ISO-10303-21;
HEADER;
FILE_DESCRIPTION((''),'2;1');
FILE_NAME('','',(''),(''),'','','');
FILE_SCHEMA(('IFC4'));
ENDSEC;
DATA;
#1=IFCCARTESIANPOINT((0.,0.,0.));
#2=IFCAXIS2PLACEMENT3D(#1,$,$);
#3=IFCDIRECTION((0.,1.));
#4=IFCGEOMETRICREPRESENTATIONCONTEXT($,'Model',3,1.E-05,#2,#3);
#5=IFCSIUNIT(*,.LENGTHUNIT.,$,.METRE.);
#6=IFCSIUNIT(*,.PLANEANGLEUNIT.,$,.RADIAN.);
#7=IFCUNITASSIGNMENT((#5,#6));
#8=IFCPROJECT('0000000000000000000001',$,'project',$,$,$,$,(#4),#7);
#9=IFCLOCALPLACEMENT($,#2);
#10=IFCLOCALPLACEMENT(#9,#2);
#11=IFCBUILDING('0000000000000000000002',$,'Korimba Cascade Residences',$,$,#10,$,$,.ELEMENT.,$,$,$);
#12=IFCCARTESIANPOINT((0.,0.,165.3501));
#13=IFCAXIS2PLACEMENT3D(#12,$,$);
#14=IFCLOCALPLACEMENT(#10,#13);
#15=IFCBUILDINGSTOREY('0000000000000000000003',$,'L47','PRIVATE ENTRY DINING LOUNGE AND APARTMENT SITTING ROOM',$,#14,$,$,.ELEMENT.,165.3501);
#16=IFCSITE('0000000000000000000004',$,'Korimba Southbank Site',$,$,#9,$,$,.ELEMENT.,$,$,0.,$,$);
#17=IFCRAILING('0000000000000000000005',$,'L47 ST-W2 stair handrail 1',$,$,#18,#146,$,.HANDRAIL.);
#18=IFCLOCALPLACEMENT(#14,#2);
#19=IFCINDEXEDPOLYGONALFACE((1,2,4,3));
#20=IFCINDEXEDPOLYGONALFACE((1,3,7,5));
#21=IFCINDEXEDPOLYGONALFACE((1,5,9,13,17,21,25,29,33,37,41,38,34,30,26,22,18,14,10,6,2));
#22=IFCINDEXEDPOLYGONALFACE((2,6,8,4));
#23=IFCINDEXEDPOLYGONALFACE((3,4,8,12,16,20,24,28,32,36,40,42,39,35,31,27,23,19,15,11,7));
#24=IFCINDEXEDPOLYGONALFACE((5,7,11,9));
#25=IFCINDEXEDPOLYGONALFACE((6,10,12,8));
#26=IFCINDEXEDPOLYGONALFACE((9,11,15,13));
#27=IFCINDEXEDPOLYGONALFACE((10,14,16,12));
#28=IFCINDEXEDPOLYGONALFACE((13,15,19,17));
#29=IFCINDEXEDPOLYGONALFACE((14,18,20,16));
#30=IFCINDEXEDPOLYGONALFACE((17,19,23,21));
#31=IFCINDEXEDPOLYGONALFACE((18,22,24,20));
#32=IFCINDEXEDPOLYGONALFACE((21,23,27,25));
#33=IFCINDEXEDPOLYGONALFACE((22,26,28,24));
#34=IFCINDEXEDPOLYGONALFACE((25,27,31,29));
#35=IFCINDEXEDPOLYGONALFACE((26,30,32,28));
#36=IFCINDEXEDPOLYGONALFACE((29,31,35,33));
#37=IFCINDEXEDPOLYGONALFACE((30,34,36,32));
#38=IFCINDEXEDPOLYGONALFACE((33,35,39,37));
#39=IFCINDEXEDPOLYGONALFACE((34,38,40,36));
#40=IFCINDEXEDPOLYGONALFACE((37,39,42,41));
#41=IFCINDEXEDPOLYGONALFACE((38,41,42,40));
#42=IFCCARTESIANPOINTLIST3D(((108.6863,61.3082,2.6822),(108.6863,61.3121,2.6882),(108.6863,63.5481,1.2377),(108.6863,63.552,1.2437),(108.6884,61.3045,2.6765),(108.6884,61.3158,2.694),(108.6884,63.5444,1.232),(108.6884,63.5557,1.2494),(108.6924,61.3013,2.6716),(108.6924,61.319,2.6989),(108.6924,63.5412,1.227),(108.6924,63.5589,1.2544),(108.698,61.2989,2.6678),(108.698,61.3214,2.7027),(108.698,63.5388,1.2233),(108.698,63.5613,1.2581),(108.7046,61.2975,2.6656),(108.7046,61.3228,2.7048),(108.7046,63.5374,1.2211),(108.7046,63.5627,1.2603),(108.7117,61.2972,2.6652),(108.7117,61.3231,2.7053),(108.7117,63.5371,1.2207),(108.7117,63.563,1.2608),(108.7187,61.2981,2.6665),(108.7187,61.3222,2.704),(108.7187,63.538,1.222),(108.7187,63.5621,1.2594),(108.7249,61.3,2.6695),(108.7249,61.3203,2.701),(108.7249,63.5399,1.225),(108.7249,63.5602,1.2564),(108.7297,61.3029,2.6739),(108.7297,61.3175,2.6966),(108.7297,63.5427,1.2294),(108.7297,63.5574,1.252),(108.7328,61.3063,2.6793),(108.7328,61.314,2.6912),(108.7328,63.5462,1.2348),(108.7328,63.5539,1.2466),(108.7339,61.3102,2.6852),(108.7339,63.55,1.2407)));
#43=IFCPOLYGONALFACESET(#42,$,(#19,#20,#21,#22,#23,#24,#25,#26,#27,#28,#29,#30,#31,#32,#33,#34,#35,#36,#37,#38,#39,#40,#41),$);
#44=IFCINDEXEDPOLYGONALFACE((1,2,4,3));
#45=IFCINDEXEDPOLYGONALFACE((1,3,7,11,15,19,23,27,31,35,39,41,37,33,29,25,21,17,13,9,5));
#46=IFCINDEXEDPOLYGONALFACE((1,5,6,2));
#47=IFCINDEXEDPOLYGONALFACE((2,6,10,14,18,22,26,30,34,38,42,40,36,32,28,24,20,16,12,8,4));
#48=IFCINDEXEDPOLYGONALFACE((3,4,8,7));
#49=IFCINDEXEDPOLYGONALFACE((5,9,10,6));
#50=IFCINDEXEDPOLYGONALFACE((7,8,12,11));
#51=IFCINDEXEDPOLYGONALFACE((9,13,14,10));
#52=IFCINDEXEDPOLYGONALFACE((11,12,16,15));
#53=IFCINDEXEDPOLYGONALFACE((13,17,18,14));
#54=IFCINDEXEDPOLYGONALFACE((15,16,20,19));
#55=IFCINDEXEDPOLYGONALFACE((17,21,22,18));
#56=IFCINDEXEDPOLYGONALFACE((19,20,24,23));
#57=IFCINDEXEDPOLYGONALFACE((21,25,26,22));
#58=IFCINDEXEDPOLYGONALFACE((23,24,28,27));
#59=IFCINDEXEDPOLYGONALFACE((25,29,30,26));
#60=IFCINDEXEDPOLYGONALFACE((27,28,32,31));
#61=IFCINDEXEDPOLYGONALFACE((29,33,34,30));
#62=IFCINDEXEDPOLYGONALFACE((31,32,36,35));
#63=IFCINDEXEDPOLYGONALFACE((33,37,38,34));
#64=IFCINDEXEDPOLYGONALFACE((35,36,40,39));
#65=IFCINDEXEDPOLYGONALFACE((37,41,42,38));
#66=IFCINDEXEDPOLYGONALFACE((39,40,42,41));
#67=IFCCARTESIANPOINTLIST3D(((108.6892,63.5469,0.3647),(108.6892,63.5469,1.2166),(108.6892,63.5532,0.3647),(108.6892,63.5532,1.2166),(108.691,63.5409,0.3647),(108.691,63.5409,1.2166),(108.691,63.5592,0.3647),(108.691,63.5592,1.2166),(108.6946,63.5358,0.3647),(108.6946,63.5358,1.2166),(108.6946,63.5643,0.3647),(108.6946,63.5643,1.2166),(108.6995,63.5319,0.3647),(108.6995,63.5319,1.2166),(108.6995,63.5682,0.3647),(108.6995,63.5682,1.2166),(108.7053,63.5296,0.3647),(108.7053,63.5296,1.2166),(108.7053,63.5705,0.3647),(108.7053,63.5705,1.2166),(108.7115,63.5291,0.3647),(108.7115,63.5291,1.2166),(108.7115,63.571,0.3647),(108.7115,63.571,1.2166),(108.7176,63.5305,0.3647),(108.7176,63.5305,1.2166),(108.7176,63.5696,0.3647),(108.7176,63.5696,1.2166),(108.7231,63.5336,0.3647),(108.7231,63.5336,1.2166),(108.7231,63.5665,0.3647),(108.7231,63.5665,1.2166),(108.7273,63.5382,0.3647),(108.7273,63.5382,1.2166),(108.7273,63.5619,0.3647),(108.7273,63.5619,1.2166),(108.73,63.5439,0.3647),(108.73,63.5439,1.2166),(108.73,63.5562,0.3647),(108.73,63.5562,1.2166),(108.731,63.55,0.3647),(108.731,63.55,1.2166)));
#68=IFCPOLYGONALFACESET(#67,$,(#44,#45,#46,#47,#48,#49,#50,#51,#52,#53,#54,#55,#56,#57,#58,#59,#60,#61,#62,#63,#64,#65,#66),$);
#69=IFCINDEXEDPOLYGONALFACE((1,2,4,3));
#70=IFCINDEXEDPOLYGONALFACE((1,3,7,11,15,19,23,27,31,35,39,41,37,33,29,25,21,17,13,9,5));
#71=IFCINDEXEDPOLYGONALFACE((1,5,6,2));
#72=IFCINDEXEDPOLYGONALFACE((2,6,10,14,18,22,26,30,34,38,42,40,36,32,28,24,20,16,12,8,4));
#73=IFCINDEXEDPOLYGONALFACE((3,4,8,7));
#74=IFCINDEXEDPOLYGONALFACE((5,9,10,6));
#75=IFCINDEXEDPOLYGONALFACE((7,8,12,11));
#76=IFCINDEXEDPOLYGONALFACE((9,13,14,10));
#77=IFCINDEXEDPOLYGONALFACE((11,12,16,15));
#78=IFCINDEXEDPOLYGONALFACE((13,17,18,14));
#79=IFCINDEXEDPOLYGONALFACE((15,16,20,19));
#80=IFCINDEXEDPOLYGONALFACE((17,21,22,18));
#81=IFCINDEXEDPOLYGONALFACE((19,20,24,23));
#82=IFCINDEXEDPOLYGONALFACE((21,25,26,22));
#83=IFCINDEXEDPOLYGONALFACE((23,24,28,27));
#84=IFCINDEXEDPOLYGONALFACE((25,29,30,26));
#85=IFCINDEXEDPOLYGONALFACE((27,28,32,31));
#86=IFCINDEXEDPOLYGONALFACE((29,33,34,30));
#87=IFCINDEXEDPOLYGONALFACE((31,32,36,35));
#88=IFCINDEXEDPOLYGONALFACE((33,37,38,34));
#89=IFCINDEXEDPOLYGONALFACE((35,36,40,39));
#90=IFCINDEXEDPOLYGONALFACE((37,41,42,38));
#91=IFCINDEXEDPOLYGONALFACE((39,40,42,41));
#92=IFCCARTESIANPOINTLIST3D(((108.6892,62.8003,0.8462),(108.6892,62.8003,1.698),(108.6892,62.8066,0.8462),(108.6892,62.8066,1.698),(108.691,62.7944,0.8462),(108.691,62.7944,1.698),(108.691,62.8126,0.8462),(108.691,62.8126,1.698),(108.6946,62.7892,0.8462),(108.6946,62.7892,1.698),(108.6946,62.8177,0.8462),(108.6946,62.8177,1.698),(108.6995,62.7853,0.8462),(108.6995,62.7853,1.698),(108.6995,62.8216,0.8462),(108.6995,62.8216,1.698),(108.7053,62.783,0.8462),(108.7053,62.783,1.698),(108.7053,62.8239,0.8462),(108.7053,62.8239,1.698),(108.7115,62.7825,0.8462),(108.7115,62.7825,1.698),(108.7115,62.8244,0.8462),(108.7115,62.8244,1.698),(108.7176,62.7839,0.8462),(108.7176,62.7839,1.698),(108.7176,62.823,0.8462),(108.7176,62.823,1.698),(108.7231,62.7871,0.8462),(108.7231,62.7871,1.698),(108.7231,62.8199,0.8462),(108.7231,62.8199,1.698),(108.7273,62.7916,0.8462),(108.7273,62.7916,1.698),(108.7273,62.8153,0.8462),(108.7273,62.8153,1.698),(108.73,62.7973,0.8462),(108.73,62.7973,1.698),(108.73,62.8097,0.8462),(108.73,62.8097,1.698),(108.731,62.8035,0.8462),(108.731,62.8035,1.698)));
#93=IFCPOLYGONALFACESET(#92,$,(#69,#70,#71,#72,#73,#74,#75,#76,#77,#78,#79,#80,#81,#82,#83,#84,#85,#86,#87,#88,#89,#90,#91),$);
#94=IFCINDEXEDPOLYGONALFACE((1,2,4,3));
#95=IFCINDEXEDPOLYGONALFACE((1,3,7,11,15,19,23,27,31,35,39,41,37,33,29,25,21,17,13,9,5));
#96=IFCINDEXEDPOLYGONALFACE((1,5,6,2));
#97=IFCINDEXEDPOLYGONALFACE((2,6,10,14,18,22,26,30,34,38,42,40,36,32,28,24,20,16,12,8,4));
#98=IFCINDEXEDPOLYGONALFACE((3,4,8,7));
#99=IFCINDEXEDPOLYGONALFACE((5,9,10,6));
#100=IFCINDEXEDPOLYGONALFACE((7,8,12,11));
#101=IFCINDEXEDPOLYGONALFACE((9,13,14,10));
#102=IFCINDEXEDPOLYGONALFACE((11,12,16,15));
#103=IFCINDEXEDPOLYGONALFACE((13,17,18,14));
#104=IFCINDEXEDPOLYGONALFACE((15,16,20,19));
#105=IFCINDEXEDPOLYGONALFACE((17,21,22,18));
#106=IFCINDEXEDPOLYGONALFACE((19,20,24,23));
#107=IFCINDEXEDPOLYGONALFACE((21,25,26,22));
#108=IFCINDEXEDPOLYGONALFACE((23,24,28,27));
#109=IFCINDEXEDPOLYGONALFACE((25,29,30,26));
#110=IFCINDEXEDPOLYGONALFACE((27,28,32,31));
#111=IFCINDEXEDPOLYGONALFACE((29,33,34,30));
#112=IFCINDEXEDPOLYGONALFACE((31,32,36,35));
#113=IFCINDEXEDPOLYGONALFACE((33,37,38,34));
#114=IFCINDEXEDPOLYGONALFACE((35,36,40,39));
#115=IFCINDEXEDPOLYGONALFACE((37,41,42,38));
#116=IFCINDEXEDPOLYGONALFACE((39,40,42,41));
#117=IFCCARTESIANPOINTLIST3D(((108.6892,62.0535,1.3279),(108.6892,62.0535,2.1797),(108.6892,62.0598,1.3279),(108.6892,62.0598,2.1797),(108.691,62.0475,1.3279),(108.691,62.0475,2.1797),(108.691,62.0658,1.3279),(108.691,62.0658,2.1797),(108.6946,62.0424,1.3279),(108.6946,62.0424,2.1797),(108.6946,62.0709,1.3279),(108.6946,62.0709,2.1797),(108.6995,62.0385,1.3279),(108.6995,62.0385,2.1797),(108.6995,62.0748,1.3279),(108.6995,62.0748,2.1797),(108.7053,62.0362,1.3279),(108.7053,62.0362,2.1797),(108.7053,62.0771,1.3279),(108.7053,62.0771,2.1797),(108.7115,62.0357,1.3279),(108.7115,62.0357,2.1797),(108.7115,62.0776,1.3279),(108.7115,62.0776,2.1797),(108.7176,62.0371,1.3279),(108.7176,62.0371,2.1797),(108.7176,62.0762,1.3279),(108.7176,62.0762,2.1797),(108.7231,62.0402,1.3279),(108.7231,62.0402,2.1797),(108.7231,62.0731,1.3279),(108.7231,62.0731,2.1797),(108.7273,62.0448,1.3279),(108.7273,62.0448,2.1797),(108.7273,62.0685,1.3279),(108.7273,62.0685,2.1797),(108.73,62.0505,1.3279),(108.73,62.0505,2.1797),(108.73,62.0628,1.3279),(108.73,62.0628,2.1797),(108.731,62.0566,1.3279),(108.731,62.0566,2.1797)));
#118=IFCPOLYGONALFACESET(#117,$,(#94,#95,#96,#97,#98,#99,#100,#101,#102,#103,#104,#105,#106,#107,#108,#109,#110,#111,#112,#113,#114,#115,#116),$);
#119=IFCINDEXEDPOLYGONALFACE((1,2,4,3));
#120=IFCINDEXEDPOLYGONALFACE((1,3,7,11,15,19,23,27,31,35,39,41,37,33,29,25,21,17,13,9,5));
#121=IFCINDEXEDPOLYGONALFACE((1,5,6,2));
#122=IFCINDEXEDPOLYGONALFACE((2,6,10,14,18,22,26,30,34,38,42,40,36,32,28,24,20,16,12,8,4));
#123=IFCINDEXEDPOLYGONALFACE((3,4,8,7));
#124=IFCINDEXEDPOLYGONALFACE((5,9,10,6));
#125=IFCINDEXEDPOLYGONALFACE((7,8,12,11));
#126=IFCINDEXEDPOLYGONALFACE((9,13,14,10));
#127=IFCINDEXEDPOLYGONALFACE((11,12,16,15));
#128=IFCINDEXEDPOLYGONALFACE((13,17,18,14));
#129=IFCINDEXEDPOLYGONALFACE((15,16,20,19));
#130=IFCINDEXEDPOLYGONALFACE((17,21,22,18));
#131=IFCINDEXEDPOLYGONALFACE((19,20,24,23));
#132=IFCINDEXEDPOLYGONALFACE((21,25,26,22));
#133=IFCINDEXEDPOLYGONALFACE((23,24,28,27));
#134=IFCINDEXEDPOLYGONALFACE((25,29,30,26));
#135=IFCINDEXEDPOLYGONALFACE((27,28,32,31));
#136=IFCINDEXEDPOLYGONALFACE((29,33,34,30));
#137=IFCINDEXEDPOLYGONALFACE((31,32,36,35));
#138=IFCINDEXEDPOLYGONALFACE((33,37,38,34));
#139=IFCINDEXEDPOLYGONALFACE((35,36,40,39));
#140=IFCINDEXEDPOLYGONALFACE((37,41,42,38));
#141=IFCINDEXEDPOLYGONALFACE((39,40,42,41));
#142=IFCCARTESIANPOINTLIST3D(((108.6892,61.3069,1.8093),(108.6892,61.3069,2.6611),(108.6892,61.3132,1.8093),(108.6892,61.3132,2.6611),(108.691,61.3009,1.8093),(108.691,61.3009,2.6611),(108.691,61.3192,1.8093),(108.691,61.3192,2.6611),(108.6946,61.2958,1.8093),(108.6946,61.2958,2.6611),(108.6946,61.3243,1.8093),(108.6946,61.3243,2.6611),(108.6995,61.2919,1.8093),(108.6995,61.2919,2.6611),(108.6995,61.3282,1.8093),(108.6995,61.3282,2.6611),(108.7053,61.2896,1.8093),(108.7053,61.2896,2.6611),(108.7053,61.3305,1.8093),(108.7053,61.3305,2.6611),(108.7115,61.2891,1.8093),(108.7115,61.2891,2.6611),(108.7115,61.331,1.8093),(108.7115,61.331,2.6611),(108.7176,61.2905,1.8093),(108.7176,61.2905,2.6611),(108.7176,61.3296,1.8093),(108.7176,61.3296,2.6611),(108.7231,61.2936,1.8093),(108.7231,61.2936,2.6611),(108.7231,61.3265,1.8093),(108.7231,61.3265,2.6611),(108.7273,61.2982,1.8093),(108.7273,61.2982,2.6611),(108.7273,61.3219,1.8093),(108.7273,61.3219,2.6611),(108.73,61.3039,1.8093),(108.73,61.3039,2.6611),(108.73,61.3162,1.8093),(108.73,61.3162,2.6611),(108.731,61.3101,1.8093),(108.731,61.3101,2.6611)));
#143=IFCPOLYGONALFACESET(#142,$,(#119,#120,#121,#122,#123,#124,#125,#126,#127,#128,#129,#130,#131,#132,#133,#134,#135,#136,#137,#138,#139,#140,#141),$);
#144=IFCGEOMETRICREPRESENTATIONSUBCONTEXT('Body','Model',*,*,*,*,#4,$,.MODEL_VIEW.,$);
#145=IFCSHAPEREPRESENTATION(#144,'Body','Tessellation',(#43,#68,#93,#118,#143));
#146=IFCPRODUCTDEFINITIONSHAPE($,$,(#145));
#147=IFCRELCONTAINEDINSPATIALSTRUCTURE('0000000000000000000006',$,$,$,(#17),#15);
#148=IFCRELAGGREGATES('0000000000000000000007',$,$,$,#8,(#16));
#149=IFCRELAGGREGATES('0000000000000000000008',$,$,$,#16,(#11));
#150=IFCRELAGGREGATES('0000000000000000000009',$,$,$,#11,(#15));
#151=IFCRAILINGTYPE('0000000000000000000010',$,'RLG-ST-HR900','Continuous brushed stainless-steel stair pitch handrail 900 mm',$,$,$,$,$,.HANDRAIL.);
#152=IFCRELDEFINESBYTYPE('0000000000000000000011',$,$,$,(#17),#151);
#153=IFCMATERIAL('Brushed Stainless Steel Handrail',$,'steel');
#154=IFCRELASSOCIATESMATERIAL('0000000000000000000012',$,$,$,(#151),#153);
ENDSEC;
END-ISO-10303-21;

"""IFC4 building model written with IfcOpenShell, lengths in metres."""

from ifc_helpers import new_model, si_unit, direction, frame, origin, origin_2d, place, context, subcontext, project, spatial, circle, extrude, material, type_object, element, save


model = new_model("IFC4")

# Units and contexts
model_context = context("Model", 3, precision=1e-05, world=origin(), true_north=direction((0.0, 1.0)))
body_context = subcontext(model_context, "Body", "Model", "MODEL_VIEW")
ifc_project = project(units=[si_unit("LENGTHUNIT", "METRE"), si_unit("PLANEANGLEUNIT", "RADIAN")], contexts=[model_context])

# Site, building, storey
site_placement = place(None, origin())
site = spatial("IfcSite", under=ifc_project, at=site_placement, Name="Korimba Southbank Site", CompositionType="ELEMENT", RefElevation=0.0)
building_placement = place(site_placement, origin())
building = spatial("IfcBuilding", under=site, at=building_placement, Name="Korimba Cascade Residences", CompositionType="ELEMENT")
storey_placement = place(building_placement, frame((0.0, 0.0, 165.3501)))
storey = spatial("IfcBuildingStorey", under=building, at=storey_placement, Name="L47", Description="PRIVATE ENTRY DINING LOUNGE AND APARTMENT SITTING ROOM", CompositionType="ELEMENT", Elevation=165.3501)

# Railing
ifc_material_1 = material(Name="Brushed Stainless Steel Handrail", Category="steel")
railing_type_1 = type_object("IfcRailingType", Name="RLG-ST-HR900", Description="Continuous brushed stainless-steel stair pitch handrail 900 mm", PredefinedType="HANDRAIL", material=ifc_material_1)
railing_1_placement = place(storey_placement, frame((108.71, 63.55, 0.3647)))
element("IfcRailing", 1, at=railing_1_placement, inside=storey, type_object=railing_type_1, Name="L47 ST-W2 stair handrail 1", PredefinedType="HANDRAIL", context=body_context, shape_type="SweptSolid", body=[
    extrude(circle(Radius=0.0239, at=origin_2d()), frame((0.0, 0.0, 0.876), z_axis=(0.0, -0.840395, 0.541975), x_axis=(1.0, 0.0, 0.0)), (0.0, 0.0, 1.0), 2.6653),
    extrude(circle(Radius=0.021, at=origin_2d()), origin(), (0.0, 0.0, 1.0), 0.8518),
    extrude(circle(Radius=0.021, at=origin_2d()), frame((0.0, -0.7466, 0.4814)), (0.0, 0.0, 1.0), 0.8518),
    extrude(circle(Radius=0.021, at=origin_2d()), frame((0.0, -1.4934, 0.9631)), (0.0, 0.0, 1.0), 0.8518),
    extrude(circle(Radius=0.021, at=origin_2d()), frame((0.0, -2.24, 1.4446)), (0.0, 0.0, 1.0), 0.8518),
])

save(model, "model.ifc")
